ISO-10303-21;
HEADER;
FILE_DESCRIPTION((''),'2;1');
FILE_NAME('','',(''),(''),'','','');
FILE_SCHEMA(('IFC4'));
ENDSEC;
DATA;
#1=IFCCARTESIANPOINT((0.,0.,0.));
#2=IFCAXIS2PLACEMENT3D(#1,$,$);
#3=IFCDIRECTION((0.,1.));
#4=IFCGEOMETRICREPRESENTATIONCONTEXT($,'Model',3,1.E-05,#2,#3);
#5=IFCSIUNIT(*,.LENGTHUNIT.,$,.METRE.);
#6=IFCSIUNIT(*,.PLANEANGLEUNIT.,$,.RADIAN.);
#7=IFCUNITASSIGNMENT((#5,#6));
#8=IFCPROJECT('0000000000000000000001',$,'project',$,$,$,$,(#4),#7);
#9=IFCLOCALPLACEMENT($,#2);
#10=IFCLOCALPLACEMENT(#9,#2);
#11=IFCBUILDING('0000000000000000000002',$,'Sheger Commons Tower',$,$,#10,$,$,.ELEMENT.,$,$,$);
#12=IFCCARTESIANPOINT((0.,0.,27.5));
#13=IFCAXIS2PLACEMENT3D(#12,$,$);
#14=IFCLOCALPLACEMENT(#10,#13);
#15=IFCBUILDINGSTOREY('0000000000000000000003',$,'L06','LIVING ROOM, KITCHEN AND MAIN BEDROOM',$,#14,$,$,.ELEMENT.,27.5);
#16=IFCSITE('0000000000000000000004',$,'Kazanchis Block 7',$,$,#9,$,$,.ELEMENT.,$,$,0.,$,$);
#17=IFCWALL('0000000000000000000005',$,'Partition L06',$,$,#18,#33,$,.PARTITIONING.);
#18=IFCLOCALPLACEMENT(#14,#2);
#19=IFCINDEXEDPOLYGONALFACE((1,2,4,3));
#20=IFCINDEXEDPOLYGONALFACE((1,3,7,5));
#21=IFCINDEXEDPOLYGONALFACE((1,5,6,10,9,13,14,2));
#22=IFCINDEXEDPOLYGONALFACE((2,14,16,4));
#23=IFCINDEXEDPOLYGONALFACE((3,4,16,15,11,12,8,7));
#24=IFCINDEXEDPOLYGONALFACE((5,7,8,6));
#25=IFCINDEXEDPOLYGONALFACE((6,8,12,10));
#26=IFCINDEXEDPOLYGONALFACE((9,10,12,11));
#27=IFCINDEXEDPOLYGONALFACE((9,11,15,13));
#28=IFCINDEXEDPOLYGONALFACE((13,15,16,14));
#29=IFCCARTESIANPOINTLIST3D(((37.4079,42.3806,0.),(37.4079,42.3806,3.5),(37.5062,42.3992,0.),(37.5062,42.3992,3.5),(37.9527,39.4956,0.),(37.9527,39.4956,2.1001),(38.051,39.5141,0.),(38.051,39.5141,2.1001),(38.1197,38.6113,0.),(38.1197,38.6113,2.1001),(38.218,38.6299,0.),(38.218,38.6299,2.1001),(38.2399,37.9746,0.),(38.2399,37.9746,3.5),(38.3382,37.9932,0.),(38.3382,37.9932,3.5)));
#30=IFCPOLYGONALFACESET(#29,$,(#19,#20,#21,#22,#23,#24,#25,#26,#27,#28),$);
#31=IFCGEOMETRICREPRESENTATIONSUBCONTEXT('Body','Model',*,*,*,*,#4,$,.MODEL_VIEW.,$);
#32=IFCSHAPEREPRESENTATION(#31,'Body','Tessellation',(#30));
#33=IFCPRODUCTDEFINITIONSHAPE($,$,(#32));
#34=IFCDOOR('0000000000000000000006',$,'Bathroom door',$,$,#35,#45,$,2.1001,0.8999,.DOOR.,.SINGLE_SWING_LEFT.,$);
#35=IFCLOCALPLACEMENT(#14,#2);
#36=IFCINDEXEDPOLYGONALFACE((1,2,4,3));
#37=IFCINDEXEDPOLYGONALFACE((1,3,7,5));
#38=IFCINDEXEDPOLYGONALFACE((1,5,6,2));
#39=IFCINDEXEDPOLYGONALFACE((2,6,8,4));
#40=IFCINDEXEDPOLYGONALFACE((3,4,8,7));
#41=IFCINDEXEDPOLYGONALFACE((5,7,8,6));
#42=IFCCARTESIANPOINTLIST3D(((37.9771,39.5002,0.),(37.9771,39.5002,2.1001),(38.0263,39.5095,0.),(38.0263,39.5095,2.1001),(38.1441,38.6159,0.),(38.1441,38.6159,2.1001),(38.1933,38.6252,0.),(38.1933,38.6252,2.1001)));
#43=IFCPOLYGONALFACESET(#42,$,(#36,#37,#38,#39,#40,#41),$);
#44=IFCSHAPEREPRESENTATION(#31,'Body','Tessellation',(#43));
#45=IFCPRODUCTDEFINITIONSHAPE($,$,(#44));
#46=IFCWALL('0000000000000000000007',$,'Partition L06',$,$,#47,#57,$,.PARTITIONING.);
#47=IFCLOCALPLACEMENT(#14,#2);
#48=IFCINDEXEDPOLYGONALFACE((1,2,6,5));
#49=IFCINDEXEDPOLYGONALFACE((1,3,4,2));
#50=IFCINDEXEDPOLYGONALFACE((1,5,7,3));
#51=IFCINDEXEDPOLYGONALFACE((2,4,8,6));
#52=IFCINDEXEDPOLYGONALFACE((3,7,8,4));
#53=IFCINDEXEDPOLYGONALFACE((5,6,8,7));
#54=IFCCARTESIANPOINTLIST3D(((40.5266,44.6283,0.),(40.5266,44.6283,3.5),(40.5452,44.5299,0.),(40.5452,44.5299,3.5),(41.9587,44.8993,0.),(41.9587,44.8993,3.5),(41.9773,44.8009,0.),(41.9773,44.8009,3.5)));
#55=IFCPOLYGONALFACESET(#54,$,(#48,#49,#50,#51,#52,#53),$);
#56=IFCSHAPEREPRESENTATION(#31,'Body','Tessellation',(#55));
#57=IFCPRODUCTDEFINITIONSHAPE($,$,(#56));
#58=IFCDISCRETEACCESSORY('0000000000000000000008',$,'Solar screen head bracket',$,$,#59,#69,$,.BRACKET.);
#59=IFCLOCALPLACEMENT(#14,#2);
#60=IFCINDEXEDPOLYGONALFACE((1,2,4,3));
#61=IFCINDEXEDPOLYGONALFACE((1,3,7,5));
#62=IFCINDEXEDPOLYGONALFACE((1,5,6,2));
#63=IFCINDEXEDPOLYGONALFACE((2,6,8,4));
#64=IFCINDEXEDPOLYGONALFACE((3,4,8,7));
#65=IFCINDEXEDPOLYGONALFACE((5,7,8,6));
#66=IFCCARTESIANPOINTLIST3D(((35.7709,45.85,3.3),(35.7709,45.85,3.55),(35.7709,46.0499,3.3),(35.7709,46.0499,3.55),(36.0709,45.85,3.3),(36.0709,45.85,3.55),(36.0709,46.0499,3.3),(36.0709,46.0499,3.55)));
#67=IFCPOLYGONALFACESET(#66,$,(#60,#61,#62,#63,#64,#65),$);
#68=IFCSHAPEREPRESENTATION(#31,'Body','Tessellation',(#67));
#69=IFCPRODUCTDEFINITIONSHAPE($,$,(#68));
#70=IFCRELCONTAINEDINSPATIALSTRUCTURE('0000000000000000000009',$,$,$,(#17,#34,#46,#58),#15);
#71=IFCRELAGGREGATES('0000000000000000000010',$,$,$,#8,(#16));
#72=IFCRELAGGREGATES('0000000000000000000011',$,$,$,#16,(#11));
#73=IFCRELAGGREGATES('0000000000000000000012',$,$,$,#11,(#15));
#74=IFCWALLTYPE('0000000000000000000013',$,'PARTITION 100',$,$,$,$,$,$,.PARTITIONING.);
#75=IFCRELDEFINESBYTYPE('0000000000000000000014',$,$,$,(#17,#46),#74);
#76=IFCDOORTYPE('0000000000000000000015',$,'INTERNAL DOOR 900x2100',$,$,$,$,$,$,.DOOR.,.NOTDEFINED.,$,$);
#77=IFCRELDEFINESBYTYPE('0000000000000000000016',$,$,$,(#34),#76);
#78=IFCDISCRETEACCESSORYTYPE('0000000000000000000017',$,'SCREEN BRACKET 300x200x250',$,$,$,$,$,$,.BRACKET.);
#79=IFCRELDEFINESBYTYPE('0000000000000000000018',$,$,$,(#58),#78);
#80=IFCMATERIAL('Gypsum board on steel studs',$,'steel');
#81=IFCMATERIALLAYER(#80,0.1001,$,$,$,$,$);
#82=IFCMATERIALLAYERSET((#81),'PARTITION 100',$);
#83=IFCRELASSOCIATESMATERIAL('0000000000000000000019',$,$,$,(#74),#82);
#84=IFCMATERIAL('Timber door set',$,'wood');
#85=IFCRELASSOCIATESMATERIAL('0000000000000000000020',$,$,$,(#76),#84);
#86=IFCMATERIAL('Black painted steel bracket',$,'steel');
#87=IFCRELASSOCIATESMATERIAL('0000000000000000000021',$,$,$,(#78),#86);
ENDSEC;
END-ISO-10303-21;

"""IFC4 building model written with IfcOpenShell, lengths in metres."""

from ifc_helpers import new_model, si_unit, direction, frame, frame_2d, origin, origin_2d, place, context, subcontext, project, spatial, rectangle, extrude, material, layer, layer_set, type_object, element, fill, save


model = new_model("IFC4")

# Units and contexts
model_context = context("Model", 3, precision=1e-05, world=origin(), true_north=direction((0.0, 1.0)))
body_context = subcontext(model_context, "Body", "Model", "MODEL_VIEW")
ifc_project = project(units=[si_unit("LENGTHUNIT", "METRE"), si_unit("PLANEANGLEUNIT", "RADIAN")], contexts=[model_context])

# Site, building, storey
site_placement = place(None, origin())
site = spatial("IfcSite", under=ifc_project, at=site_placement, Name="Kazanchis Block 7", CompositionType="ELEMENT", RefElevation=0.0)
building_placement = place(site_placement, origin())
building = spatial("IfcBuilding", under=site, at=building_placement, Name="Sheger Commons Tower", CompositionType="ELEMENT")
storey_placement = place(building_placement, frame((0.0, 0.0, 27.5)))
storey = spatial("IfcBuildingStorey", under=building, at=storey_placement, Name="L06", Description="LIVING ROOM, KITCHEN AND MAIN BEDROOM", CompositionType="ELEMENT", Elevation=27.5)

# Shared definitions
ifc_material_1 = material(Name="Gypsum board on steel studs", Category="steel")
ifc_layer_1 = layer(ifc_material_1, 0.1001)
ifc_layer_set_1 = layer_set([ifc_layer_1], Name="PARTITION 100")
wall_type_1 = type_object("IfcWallType", Name="PARTITION 100", PredefinedType="PARTITIONING", material=ifc_layer_set_1)

# Wall, opening, door
wall_1_placement = place(storey_placement, frame((37.457, 42.3899, 0.0), z_axis=(0.0, 0.0, 1.0), x_axis=(0.185561, -0.982633, 0.0)))
wall_1 = element("IfcWall", 1, at=wall_1_placement, inside=storey, type_object=wall_type_1, Name="Partition L06", PredefinedType="PARTITIONING", context=body_context, shape_type="SweptSolid", body=[
    extrude(rectangle(XDim=4.4839, YDim=0.1001, at=frame_2d((2.2419, 0.0))), origin(), (0.0, 0.0, 1.0), 3.5),
])
opening_1_placement = place(wall_1_placement, frame((2.936, 0.0, 0.0)))
opening_1 = element("IfcOpeningElement", 2, at=opening_1_placement, cuts=wall_1, PredefinedType="OPENING", context=body_context, shape_type="SweptSolid", body=[
    extrude(rectangle(XDim=0.8999, YDim=2.1001, at=frame_2d((0.45, 1.05))), frame((0.0, 0.0601, 0.0), z_axis=(0.0, -1.0, 0.0), x_axis=(1.0, 0.0, 0.0)), (0.0, 0.0, 1.0), 0.1201),
])
ifc_material_2 = material(Name="Timber door set", Category="wood")
door_type = type_object("IfcDoorType", Name="INTERNAL DOOR 900x2100", OperationType="NOTDEFINED", PredefinedType="DOOR", material=ifc_material_2)
door_placement = place(opening_1_placement, origin())
door = element("IfcDoor", 3, at=door_placement, inside=storey, type_object=door_type, Name="Bathroom door", OperationType="SINGLE_SWING_LEFT", OverallHeight=2.1001, OverallWidth=0.8999, PredefinedType="DOOR", context=body_context, shape_type="SweptSolid", body=[
    extrude(rectangle(XDim=0.8999, YDim=2.1001, at=frame_2d((0.45, 1.05))), frame((0.0, 0.0249, 0.0), z_axis=(0.0, -1.0, 0.0), x_axis=(1.0, 0.0, 0.0)), (0.0, 0.0, 1.0), 0.05),
])
fill(opening_1, door)

# Wall
wall_2_placement = place(storey_placement, frame((41.968, 44.8501, 0.0), z_axis=(0.0, 0.0, 1.0), x_axis=(-0.982564, -0.185927, 0.0)))
element("IfcWall", 4, at=wall_2_placement, inside=storey, type_object=wall_type_1, Name="Partition L06", PredefinedType="PARTITIONING", context=body_context, shape_type="SweptSolid", body=[
    extrude(rectangle(XDim=1.4575, YDim=0.1001, at=frame_2d((0.7288, 0.0))), origin(), (0.0, 0.0, 1.0), 3.5),
])

# Discrete accessory
ifc_material_3 = material(Name="Black painted steel bracket", Category="steel")
discrete_accessory_type = type_object("IfcDiscreteAccessoryType", Name="SCREEN BRACKET 300x200x250", PredefinedType="BRACKET", material=ifc_material_3)
discrete_accessory_placement = place(storey_placement, frame((35.9209, 45.95, 3.3), z_axis=(0.0, 0.0, 1.0), x_axis=(-1.0, 0.0, 0.0)))
element("IfcDiscreteAccessory", 5, at=discrete_accessory_placement, inside=storey, type_object=discrete_accessory_type, Name="Solar screen head bracket", PredefinedType="BRACKET", context=body_context, shape_type="SweptSolid", body=[
    extrude(rectangle(XDim=0.3, YDim=0.2, at=origin_2d()), origin(), (0.0, 0.0, 1.0), 0.25),
])

save(model, "model.ifc")
